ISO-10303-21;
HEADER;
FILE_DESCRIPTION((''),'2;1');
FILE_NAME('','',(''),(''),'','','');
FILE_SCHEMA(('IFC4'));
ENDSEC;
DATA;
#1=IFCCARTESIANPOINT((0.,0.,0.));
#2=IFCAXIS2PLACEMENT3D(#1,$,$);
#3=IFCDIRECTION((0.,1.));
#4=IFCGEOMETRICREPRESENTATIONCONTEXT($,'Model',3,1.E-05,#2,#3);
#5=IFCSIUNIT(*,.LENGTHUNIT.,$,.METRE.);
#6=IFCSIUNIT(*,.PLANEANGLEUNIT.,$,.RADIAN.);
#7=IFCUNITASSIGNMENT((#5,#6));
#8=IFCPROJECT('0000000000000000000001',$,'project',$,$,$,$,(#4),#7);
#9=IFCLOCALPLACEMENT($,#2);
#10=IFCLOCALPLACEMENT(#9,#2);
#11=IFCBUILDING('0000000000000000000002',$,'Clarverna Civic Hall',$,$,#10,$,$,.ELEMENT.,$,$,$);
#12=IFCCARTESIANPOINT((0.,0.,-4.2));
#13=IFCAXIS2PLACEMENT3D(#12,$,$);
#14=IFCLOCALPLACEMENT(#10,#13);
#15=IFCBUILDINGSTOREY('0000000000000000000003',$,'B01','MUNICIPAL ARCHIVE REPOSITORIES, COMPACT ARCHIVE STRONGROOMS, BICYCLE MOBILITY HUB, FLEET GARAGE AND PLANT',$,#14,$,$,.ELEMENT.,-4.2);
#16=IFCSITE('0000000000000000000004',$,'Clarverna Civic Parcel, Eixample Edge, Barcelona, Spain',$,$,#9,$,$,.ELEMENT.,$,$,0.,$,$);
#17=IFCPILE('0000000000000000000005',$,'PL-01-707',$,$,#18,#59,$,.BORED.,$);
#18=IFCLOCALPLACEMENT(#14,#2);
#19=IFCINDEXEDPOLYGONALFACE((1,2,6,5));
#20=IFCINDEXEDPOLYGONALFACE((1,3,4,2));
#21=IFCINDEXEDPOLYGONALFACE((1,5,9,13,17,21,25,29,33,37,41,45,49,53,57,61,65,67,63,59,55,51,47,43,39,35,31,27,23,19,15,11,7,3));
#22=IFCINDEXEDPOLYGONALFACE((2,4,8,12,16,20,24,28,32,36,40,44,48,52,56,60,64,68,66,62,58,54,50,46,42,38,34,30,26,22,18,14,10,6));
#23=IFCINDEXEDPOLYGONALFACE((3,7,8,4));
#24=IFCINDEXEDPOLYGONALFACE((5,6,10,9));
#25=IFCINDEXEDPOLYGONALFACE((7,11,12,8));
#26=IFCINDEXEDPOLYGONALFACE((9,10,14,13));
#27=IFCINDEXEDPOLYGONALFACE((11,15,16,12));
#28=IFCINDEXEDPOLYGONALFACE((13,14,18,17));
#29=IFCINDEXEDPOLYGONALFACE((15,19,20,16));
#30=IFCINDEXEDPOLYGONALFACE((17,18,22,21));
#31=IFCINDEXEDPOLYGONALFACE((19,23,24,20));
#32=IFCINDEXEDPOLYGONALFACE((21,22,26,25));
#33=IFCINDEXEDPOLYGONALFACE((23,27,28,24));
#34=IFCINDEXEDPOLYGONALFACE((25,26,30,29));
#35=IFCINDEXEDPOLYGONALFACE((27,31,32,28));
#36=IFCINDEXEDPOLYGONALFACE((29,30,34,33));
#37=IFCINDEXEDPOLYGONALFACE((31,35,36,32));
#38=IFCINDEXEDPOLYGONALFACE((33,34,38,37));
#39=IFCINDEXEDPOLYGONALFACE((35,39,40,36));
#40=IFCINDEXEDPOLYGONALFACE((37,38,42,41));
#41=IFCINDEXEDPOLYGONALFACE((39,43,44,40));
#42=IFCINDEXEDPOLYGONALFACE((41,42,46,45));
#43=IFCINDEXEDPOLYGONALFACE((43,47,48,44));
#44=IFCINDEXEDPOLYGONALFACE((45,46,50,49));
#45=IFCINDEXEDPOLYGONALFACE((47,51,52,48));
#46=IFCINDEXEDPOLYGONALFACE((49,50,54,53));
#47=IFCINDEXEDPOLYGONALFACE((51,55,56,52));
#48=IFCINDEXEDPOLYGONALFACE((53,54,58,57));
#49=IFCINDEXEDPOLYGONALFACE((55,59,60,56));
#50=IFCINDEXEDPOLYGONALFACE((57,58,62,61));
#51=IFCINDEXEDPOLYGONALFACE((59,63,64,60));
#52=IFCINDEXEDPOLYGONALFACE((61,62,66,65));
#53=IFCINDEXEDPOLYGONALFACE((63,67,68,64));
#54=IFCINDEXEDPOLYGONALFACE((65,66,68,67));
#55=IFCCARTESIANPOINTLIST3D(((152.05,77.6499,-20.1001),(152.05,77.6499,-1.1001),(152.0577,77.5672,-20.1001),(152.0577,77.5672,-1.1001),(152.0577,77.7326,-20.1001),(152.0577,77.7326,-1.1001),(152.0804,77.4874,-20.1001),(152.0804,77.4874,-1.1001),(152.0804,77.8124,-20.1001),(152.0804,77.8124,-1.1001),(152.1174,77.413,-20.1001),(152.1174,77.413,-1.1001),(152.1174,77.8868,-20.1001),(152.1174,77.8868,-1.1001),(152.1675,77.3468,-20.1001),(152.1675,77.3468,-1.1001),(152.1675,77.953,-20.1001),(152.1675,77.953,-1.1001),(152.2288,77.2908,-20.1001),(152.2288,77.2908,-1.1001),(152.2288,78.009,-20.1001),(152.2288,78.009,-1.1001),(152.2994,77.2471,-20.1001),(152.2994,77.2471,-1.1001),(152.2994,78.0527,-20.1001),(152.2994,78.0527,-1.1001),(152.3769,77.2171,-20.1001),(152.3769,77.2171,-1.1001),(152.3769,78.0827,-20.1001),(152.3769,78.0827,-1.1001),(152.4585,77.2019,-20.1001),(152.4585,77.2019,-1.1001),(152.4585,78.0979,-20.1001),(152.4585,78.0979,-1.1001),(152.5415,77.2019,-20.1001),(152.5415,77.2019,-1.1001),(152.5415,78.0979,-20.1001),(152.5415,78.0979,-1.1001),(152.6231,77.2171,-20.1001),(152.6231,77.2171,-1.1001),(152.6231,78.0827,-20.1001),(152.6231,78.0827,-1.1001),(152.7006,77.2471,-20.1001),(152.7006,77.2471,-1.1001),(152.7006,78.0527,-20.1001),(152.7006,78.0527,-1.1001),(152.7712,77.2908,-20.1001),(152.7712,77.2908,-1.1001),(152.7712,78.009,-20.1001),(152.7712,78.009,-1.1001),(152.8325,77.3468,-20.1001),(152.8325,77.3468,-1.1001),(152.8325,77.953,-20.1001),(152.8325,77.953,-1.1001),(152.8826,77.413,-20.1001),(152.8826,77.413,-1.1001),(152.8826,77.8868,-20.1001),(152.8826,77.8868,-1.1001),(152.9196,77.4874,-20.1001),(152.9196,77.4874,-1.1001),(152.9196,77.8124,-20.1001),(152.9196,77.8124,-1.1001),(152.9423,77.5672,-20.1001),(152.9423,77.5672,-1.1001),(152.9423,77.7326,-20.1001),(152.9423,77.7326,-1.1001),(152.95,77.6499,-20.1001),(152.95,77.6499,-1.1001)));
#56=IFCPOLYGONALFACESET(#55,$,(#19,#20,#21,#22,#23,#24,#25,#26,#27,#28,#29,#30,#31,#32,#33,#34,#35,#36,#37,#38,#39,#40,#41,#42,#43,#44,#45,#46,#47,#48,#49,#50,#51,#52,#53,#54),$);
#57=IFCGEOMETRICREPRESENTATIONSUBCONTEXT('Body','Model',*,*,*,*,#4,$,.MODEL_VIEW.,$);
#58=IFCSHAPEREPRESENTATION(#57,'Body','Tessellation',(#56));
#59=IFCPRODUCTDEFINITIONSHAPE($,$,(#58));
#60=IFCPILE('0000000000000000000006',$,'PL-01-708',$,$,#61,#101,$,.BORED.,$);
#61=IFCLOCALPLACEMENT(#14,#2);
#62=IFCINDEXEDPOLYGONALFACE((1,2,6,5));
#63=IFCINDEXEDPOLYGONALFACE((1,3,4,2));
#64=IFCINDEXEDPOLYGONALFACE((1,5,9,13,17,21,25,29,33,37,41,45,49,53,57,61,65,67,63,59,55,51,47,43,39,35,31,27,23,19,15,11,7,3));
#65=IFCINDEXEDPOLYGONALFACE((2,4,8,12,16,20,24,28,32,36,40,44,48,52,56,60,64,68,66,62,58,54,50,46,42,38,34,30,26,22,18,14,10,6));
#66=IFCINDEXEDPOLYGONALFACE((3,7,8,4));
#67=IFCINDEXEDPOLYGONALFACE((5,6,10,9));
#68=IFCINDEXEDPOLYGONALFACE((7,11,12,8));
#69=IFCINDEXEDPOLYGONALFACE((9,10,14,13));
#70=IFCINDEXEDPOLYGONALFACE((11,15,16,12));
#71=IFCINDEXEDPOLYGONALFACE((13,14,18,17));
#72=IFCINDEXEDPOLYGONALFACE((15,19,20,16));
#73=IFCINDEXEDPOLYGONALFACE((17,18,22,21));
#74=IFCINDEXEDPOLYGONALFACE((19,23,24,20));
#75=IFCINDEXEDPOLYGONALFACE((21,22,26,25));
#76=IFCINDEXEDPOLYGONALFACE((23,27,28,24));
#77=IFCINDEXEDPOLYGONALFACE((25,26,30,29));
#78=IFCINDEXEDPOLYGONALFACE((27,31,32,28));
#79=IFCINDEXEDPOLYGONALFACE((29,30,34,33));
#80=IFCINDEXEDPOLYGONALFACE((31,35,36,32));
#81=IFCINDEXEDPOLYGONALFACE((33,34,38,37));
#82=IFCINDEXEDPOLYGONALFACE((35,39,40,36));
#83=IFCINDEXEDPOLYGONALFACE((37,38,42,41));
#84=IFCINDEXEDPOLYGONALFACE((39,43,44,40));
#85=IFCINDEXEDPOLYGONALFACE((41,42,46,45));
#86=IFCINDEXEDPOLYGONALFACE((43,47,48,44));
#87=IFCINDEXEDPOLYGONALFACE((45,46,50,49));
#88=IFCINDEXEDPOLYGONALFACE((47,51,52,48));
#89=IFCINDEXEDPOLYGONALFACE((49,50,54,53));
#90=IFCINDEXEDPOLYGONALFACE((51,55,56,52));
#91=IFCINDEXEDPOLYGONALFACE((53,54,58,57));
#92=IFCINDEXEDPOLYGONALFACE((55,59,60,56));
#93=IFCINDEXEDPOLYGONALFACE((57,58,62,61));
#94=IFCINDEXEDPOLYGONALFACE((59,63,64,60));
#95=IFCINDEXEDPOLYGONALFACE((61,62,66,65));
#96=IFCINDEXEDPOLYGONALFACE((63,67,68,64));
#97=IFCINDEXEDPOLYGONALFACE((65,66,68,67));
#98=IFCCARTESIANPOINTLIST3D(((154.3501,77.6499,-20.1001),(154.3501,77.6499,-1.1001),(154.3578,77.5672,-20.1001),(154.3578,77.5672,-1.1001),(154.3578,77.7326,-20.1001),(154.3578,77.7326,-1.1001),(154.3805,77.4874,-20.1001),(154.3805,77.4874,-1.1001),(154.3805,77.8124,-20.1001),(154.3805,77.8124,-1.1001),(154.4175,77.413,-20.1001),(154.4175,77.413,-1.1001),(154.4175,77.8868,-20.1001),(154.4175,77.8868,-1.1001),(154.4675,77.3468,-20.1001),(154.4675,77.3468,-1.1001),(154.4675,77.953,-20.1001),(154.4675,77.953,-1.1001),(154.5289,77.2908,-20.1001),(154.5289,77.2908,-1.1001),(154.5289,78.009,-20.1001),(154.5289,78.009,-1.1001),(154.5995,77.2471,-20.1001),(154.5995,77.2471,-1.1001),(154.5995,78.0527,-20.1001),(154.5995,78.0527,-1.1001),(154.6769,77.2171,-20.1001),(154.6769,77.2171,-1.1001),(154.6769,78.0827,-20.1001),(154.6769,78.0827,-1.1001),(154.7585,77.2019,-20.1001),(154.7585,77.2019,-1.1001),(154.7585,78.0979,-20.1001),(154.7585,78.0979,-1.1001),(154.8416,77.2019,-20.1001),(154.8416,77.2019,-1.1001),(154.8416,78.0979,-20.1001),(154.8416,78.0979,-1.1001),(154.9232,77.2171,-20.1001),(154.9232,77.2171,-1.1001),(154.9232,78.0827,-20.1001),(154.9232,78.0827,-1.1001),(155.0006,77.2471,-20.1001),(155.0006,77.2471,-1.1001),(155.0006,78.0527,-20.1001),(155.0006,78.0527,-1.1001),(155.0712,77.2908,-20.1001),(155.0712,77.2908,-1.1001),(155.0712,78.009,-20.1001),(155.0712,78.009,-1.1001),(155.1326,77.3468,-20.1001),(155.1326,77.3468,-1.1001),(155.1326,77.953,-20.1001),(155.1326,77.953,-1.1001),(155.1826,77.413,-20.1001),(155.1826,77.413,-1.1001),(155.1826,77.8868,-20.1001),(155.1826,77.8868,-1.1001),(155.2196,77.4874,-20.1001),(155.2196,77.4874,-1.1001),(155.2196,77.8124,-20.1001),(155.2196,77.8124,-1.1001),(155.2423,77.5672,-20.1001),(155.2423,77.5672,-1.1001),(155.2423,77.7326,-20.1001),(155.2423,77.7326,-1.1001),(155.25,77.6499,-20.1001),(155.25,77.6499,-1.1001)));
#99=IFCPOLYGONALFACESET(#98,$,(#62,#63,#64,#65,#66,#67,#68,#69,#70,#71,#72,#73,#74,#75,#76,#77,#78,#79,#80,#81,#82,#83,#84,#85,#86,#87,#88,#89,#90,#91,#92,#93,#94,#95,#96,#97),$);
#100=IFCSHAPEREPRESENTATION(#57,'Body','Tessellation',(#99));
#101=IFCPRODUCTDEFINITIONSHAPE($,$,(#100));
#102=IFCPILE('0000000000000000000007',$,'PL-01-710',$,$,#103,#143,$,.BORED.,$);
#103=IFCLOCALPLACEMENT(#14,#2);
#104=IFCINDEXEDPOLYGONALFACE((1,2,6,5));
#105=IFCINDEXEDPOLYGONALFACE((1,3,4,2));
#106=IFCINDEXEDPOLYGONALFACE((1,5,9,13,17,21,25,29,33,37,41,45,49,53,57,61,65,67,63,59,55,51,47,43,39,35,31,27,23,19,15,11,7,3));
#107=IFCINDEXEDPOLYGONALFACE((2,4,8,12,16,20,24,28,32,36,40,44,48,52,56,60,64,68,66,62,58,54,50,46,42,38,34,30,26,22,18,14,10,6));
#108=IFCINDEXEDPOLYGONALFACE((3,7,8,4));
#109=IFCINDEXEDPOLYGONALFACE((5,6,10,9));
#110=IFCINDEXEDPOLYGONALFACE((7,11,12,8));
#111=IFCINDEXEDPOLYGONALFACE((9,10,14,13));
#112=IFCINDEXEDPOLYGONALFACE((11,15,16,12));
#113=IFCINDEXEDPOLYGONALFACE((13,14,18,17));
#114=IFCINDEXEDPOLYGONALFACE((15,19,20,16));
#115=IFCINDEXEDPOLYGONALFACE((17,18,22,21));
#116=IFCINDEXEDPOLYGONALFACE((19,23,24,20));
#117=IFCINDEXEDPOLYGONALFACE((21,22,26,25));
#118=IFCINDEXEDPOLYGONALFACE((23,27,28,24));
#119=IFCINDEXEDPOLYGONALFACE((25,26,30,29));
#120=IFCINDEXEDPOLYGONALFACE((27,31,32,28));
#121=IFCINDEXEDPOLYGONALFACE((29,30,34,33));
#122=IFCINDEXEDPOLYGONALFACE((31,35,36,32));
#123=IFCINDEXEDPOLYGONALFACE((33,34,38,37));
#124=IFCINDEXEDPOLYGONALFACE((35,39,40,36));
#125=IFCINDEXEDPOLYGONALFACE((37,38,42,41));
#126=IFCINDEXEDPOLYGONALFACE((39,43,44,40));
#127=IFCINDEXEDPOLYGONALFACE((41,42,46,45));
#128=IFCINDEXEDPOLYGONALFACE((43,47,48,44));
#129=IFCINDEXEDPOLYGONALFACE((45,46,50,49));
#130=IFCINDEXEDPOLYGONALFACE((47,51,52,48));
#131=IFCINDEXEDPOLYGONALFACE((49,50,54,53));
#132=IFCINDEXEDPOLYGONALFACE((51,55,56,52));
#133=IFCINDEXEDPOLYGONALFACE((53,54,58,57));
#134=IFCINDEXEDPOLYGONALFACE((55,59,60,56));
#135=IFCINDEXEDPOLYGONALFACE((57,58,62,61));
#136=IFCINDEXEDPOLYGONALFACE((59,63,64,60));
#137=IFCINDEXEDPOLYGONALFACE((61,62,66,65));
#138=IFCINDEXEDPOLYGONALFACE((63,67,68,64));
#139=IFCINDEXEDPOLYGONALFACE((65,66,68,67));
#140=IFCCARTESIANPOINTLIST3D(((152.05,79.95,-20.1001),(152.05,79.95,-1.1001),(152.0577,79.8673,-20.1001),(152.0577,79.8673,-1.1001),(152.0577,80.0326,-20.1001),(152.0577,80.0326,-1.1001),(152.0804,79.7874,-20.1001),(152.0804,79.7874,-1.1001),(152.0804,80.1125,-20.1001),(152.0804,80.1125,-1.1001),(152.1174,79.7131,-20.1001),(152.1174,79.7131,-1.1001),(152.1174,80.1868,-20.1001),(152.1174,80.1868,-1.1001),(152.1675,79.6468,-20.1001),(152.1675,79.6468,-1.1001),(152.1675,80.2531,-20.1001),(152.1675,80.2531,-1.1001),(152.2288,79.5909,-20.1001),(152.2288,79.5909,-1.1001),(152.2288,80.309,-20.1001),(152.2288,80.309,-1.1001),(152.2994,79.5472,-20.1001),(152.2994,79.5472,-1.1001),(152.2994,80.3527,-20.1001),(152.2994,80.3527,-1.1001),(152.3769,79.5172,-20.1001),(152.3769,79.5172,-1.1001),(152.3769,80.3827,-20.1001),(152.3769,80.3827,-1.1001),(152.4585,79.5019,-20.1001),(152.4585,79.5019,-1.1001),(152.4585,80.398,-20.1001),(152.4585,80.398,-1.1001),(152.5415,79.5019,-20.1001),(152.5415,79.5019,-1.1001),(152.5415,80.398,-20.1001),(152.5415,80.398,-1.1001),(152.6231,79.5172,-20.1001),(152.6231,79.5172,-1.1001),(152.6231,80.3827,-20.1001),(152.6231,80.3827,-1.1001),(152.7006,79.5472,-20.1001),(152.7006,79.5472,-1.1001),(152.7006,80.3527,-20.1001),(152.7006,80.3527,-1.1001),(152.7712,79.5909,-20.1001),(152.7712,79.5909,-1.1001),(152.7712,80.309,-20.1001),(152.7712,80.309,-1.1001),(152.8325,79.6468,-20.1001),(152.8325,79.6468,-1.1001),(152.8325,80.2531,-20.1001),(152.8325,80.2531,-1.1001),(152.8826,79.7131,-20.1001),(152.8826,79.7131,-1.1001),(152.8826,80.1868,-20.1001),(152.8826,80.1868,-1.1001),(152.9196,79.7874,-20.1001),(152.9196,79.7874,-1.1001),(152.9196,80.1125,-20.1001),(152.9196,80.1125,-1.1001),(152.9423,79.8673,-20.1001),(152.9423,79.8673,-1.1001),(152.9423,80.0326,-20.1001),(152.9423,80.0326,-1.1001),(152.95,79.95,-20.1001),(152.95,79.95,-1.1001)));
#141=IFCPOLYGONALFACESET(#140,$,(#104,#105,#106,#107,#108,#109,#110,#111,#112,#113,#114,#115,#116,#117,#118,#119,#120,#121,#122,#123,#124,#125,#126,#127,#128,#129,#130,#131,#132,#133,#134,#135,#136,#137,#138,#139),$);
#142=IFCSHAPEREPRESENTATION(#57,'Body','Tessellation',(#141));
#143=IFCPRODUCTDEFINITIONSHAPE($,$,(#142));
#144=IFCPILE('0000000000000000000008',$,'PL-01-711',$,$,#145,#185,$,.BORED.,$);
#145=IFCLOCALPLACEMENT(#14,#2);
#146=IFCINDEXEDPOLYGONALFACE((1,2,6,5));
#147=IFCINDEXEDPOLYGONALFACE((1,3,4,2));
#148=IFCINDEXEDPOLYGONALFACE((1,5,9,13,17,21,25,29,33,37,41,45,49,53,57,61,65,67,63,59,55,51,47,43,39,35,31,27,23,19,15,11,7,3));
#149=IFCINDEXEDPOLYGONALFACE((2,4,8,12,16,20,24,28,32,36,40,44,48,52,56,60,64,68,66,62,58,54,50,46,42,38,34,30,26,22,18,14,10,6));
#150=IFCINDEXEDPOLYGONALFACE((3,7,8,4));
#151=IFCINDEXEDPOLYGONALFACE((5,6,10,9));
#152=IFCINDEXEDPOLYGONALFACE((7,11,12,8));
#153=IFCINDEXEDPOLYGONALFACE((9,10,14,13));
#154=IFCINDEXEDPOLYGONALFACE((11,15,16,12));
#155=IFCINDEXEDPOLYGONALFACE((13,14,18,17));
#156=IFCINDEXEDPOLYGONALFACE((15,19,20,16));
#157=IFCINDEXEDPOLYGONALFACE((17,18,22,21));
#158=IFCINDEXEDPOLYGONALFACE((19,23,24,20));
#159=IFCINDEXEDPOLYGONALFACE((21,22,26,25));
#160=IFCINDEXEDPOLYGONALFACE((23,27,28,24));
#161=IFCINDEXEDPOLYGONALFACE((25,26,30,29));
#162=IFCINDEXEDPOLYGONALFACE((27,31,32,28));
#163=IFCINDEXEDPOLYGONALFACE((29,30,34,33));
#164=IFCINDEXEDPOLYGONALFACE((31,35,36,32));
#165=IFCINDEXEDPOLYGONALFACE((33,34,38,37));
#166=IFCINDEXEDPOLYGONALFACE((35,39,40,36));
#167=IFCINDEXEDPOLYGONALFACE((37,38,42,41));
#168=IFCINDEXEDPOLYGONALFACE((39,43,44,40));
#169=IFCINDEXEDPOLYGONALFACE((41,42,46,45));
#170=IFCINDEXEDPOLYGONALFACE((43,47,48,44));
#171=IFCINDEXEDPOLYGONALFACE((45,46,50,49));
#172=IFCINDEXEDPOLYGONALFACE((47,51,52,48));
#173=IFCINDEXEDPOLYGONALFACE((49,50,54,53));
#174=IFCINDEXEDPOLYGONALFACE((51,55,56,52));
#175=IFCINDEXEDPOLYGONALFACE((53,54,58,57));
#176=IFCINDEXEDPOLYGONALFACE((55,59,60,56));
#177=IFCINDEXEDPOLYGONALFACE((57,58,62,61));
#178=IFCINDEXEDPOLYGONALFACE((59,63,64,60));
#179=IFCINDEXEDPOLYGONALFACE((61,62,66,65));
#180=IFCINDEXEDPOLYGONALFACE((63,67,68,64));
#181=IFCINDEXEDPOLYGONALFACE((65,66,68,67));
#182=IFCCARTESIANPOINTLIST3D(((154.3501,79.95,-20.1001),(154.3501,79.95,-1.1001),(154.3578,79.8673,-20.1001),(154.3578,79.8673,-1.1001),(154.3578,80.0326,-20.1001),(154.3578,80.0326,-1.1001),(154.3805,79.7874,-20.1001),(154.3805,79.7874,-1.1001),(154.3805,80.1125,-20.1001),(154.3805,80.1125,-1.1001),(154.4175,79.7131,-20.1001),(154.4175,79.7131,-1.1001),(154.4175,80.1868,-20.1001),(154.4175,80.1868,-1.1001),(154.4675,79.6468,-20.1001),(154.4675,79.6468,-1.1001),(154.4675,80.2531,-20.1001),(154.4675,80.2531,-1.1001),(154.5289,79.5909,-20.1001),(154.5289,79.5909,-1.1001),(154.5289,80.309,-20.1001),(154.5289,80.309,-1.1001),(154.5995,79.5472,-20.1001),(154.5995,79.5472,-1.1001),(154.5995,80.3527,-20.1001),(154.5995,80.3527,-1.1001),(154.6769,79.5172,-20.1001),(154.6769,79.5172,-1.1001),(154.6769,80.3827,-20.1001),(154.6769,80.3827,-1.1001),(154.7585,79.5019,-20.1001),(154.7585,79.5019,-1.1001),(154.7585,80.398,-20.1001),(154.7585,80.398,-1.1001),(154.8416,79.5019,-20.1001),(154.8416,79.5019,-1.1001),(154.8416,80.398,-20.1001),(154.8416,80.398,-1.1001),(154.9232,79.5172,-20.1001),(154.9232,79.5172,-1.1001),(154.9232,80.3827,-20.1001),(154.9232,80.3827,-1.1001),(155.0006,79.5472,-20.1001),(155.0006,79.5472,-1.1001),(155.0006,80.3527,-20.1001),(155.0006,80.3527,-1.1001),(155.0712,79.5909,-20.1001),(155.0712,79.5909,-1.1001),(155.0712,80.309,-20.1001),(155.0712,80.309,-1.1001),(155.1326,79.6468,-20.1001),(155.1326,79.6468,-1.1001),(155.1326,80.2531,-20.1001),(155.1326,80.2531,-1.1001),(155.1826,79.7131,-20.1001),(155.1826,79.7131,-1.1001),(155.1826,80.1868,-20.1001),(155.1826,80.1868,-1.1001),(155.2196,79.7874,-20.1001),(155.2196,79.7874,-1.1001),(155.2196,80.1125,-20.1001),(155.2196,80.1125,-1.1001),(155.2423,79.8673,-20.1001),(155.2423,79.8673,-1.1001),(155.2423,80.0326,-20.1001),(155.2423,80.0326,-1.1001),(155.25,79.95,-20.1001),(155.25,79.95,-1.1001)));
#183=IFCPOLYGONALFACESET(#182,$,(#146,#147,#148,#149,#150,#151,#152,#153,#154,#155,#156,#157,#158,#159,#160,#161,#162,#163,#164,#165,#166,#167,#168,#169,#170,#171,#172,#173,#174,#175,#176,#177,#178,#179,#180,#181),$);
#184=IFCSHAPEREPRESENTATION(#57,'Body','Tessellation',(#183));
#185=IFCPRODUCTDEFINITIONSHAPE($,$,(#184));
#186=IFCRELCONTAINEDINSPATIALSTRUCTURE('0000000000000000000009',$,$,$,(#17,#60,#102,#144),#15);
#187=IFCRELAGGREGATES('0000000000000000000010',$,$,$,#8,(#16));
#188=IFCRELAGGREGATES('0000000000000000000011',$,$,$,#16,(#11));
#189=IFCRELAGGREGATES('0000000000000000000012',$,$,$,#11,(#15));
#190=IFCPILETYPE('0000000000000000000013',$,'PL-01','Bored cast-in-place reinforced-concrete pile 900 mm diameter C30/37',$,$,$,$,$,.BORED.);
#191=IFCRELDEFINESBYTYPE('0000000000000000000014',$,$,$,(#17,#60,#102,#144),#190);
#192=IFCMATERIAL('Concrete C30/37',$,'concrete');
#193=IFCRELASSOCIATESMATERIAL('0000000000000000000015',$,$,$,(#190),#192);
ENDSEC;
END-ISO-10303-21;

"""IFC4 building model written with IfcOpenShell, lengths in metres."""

from ifc_helpers import new_model, si_unit, direction, frame, origin, origin_2d, place, context, subcontext, project, spatial, circle, extrude, material, material_profile, profile_set, type_object, element, save


model = new_model("IFC4")

# Units and contexts
model_context = context("Model", 3, precision=1e-05, world=origin(), true_north=direction((0.0, 1.0)))
body_context = subcontext(model_context, "Body", "Model", "MODEL_VIEW")
ifc_project = project(units=[si_unit("LENGTHUNIT", "METRE"), si_unit("PLANEANGLEUNIT", "RADIAN")], contexts=[model_context])

# Site, building, storey
site_placement = place(None, origin())
site = spatial("IfcSite", under=ifc_project, at=site_placement, Name="Clarverna Civic Parcel, Eixample Edge, Barcelona, Spain", CompositionType="ELEMENT", RefElevation=0.0)
building_placement = place(site_placement, origin())
building = spatial("IfcBuilding", under=site, at=building_placement, Name="Clarverna Civic Hall", CompositionType="ELEMENT")
storey_placement = place(building_placement, frame((0.0, 0.0, -4.2)))
storey = spatial("IfcBuildingStorey", under=building, at=storey_placement, Name="B01", Description="MUNICIPAL ARCHIVE REPOSITORIES, COMPACT ARCHIVE STRONGROOMS, BICYCLE MOBILITY HUB, FLEET GARAGE AND PLANT", CompositionType="ELEMENT", Elevation=-4.2)

# Shared definitions
ifc_material_1 = material(Name="Concrete C30/37", Category="concrete")

# Piles
ifc_material_profile_1 = material_profile(ifc_material_1, circle(Radius=0.45, at=origin_2d()), Name="BORED PILE D900")
ifc_profile_set_1 = profile_set([ifc_material_profile_1], Name="Concrete C30/37")
pile_type = type_object("IfcPileType", Name="PL-01", Description="Bored cast-in-place reinforced-concrete pile 900 mm diameter C30/37", PredefinedType="BORED", material=ifc_profile_set_1)
for number, where, z_axis, x_axis, name in (
    (1, (152.5, 77.6499, -1.1001), (0.0, 0.0, -1.0), (1.0, 0.0, 0.0), "PL-01-707"),
    (2, (154.8, 77.6499, -1.1001), (0.0, 0.0, -1.0), (1.0, 0.0, 0.0), "PL-01-708"),
    (3, (152.5, 79.95, -1.1001), (0.0, 0.0, -1.0), (1.0, 0.0, 0.0), "PL-01-710"),
    (4, (154.8, 79.95, -1.1001), (0.0, 0.0, -1.0), (1.0, 0.0, 0.0), "PL-01-711"),
):
    element("IfcPile", number, at=place(storey_placement, frame(where, z_axis=z_axis, x_axis=x_axis)), inside=storey, type_object=pile_type, Name=name, PredefinedType="BORED", context=body_context, shape_type="SweptSolid", body=[
        extrude(circle(Radius=0.45, at=origin_2d()), origin(), (0.0, 0.0, 1.0), 19.0),
    ])

save(model, "model.ifc")
